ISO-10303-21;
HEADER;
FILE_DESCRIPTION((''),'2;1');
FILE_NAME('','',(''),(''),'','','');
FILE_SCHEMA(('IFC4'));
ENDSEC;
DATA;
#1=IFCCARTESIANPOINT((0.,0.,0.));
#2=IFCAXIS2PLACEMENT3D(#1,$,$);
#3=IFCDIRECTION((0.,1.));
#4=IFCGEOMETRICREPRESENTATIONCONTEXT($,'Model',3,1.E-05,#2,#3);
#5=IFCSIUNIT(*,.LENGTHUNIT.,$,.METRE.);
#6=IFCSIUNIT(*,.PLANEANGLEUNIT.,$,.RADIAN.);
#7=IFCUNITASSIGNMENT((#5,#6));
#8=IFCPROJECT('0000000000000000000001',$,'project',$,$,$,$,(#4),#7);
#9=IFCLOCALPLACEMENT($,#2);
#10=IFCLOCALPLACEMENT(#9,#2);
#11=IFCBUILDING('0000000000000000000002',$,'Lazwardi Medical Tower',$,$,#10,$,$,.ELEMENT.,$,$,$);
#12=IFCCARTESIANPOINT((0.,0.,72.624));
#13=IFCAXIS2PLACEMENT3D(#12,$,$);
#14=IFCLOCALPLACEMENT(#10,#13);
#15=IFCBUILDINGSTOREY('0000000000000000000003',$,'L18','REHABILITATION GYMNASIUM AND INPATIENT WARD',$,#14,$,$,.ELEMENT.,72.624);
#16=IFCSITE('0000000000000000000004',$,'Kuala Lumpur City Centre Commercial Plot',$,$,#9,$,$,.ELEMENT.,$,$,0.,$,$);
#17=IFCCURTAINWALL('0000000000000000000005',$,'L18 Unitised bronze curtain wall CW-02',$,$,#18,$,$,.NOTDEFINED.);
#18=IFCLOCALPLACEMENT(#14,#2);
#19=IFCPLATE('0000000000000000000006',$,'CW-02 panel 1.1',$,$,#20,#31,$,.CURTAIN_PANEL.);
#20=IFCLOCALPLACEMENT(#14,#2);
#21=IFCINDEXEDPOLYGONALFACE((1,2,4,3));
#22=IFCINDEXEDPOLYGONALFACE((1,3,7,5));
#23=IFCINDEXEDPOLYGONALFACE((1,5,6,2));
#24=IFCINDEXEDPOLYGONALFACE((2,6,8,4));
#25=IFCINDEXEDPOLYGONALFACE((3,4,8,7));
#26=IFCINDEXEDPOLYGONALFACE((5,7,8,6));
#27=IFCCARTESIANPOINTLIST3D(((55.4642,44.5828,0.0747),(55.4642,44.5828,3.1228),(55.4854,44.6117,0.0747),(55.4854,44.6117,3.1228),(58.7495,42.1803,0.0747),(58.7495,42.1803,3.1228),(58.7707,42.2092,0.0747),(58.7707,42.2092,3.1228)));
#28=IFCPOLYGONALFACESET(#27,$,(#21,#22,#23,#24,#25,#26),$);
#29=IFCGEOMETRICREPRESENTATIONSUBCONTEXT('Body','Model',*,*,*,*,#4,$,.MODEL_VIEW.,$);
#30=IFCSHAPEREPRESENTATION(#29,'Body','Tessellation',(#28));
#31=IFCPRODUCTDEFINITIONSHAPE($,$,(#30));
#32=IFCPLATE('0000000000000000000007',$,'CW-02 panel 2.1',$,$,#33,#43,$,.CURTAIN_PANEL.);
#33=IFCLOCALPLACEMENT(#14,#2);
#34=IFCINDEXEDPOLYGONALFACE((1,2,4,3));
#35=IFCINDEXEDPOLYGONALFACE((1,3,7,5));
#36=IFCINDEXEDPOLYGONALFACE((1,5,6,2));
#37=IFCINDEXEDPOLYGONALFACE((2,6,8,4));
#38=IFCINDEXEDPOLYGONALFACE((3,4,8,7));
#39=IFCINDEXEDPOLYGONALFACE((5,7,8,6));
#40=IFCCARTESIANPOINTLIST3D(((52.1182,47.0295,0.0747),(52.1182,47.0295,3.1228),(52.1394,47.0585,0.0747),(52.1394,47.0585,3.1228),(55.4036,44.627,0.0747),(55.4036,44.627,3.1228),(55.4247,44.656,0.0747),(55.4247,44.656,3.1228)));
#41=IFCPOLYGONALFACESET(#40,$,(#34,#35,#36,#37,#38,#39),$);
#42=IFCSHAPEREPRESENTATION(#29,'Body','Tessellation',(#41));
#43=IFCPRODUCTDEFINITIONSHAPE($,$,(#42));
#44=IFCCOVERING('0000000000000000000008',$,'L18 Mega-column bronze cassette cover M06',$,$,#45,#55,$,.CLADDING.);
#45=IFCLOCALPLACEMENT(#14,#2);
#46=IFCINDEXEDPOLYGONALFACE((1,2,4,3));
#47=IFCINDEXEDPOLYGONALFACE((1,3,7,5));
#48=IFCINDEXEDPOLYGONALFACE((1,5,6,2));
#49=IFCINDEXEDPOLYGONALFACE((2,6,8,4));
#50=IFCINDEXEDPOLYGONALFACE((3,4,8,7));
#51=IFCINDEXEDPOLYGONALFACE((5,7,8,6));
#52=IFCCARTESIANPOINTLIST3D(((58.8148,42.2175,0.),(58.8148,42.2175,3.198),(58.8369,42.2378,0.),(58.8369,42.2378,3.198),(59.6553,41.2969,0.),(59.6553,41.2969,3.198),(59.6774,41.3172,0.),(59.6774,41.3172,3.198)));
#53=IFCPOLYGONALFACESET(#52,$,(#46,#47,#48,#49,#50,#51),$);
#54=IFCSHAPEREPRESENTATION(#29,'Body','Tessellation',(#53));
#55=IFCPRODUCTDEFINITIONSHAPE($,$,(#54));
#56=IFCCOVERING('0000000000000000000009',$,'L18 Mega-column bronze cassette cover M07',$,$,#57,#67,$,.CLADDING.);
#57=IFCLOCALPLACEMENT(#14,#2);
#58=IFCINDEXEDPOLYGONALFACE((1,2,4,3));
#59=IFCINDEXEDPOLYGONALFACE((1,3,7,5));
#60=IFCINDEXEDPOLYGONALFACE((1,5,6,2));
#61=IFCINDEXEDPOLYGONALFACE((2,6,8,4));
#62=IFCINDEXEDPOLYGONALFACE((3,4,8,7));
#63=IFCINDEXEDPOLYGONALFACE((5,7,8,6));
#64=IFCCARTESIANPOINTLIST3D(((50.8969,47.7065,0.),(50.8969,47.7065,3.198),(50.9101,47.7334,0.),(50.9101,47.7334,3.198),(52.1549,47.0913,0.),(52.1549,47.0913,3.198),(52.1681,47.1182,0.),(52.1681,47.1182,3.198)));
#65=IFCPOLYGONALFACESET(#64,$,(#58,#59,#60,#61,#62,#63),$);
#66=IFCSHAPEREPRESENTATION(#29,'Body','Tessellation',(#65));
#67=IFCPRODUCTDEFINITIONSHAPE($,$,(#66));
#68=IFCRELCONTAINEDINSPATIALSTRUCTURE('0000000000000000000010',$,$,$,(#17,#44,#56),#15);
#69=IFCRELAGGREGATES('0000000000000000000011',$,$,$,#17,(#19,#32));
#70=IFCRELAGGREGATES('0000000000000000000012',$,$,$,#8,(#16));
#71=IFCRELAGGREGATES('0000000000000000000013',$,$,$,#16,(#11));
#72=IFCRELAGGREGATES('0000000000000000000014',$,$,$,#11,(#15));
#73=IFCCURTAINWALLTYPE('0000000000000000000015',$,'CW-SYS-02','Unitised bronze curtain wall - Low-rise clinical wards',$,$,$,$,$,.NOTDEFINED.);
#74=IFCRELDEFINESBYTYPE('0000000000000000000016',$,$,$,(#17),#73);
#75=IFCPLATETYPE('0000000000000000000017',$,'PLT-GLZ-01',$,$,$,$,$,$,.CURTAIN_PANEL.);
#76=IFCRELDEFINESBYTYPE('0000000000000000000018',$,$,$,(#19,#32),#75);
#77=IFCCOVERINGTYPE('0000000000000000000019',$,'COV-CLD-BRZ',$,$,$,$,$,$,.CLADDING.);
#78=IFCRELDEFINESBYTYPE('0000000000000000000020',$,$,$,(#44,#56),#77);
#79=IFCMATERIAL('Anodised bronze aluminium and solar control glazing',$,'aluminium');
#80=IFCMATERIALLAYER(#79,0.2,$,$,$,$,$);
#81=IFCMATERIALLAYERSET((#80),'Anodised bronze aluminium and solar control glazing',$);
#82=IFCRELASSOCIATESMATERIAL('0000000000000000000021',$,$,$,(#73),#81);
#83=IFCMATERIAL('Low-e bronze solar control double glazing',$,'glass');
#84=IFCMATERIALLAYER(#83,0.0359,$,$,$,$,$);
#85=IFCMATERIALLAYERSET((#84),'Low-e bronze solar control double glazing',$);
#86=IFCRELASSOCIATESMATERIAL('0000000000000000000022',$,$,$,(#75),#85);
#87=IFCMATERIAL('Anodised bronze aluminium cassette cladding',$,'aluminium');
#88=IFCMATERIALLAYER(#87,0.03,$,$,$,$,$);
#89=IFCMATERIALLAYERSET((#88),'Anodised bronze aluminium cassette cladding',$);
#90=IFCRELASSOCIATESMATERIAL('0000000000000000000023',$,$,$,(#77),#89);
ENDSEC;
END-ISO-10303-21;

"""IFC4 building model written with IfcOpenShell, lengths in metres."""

from ifc_helpers import new_model, si_unit, direction, frame, origin, origin_2d, place, context, subcontext, project, spatial, rectangle, extrude, material, layer, layer_set, type_object, element, aggregate, save


model = new_model("IFC4")

# Units and contexts
model_context = context("Model", 3, precision=1e-05, world=origin(), true_north=direction((0.0, 1.0)))
body_context = subcontext(model_context, "Body", "Model", "MODEL_VIEW")
ifc_project = project(units=[si_unit("LENGTHUNIT", "METRE"), si_unit("PLANEANGLEUNIT", "RADIAN")], contexts=[model_context])

# Site, building, storey
site_placement = place(None, origin())
site = spatial("IfcSite", under=ifc_project, at=site_placement, Name="Kuala Lumpur City Centre Commercial Plot", CompositionType="ELEMENT", RefElevation=0.0)
building_placement = place(site_placement, origin())
building = spatial("IfcBuilding", under=site, at=building_placement, Name="Lazwardi Medical Tower", CompositionType="ELEMENT")
storey_placement = place(building_placement, frame((0.0, 0.0, 72.624)))
storey = spatial("IfcBuildingStorey", under=building, at=storey_placement, Name="L18", Description="REHABILITATION GYMNASIUM AND INPATIENT WARD", CompositionType="ELEMENT", Elevation=72.624)

# Shared definitions
ifc_material_1 = material(Name="Anodised bronze aluminium and solar control glazing", Category="aluminium")
ifc_layer_1 = layer(ifc_material_1, 0.2)
ifc_layer_set_1 = layer_set([ifc_layer_1], Name="Anodised bronze aluminium and solar control glazing")
curtain_wall_type = type_object("IfcCurtainWallType", Name="CW-SYS-02", Description="Unitised bronze curtain wall - Low-rise clinical wards", PredefinedType="NOTDEFINED", material=ifc_layer_set_1)

# Curtain wall
curtain_wall_1_placement = place(storey_placement, origin())
curtain_wall_1 = element("IfcCurtainWall", 1, at=curtain_wall_1_placement, inside=storey, type_object=curtain_wall_type, Name="L18 Unitised bronze curtain wall CW-02", PredefinedType="NOTDEFINED")

# Plates
ifc_material_2 = material(Name="Low-e bronze solar control double glazing", Category="glass")
ifc_layer_2 = layer(ifc_material_2, 0.0359)
ifc_layer_set_2 = layer_set([ifc_layer_2], Name="Low-e bronze solar control double glazing")
plate_type = type_object("IfcPlateType", Name="PLT-GLZ-01", PredefinedType="CURTAIN_PANEL", material=ifc_layer_set_2)
plate_1_placement = place(storey_placement, frame((57.1174, 43.396, 0.0747), z_axis=(0.0, 0.0, 1.0), x_axis=(-0.807192, 0.590289, 0.0)))
plate_1 = element("IfcPlate", 2, at=plate_1_placement, type_object=plate_type, Name="CW-02 panel 1.1", PredefinedType="CURTAIN_PANEL", context=body_context, shape_type="SweptSolid", body=[
    extrude(rectangle(XDim=4.0701, YDim=0.0359, at=origin_2d()), origin(), (0.0, 0.0, 1.0), 3.0481),
])
plate_2_placement = place(storey_placement, frame((53.7715, 45.8428, 0.0747), z_axis=(0.0, 0.0, 1.0), x_axis=(-0.807192, 0.590289, 0.0)))
plate_2 = element("IfcPlate", 3, at=plate_2_placement, type_object=plate_type, Name="CW-02 panel 2.1", PredefinedType="CURTAIN_PANEL", context=body_context, shape_type="SweptSolid", body=[
    extrude(rectangle(XDim=4.0701, YDim=0.0359, at=origin_2d()), origin(), (0.0, 0.0, 1.0), 3.0481),
])
aggregate(curtain_wall_1, [plate_1, plate_2])

# Coverings
ifc_material_3 = material(Name="Anodised bronze aluminium cassette cladding", Category="aluminium")
ifc_layer_3 = layer(ifc_material_3, 0.03)
ifc_layer_set_3 = layer_set([ifc_layer_3], Name="Anodised bronze aluminium cassette cladding")
covering_type = type_object("IfcCoveringType", Name="COV-CLD-BRZ", PredefinedType="CLADDING", material=ifc_layer_set_3)
covering_1_placement = place(storey_placement, frame((59.2461, 41.7673, 0.0), z_axis=(0.0, 0.0, 1.0), x_axis=(-0.674252, 0.738501, 0.0)))
element("IfcCovering", 4, at=covering_1_placement, inside=storey, type_object=covering_type, Name="L18 Mega-column bronze cassette cover M06", PredefinedType="CLADDING", context=body_context, shape_type="SweptSolid", body=[
    extrude(rectangle(XDim=1.2466, YDim=0.03, at=origin_2d()), origin(), (0.0, 0.0, 1.0), 3.198),
])
covering_2_placement = place(storey_placement, frame((51.5325, 47.4124, 0.0), z_axis=(0.0, 0.0, 1.0), x_axis=(-0.898334, 0.439312, 0.0)))
element("IfcCovering", 5, at=covering_2_placement, inside=storey, type_object=covering_type, Name="L18 Mega-column bronze cassette cover M07", PredefinedType="CLADDING", context=body_context, shape_type="SweptSolid", body=[
    extrude(rectangle(XDim=1.4004, YDim=0.03, at=origin_2d()), origin(), (0.0, 0.0, 1.0), 3.198),
])

save(model, "model.ifc")
